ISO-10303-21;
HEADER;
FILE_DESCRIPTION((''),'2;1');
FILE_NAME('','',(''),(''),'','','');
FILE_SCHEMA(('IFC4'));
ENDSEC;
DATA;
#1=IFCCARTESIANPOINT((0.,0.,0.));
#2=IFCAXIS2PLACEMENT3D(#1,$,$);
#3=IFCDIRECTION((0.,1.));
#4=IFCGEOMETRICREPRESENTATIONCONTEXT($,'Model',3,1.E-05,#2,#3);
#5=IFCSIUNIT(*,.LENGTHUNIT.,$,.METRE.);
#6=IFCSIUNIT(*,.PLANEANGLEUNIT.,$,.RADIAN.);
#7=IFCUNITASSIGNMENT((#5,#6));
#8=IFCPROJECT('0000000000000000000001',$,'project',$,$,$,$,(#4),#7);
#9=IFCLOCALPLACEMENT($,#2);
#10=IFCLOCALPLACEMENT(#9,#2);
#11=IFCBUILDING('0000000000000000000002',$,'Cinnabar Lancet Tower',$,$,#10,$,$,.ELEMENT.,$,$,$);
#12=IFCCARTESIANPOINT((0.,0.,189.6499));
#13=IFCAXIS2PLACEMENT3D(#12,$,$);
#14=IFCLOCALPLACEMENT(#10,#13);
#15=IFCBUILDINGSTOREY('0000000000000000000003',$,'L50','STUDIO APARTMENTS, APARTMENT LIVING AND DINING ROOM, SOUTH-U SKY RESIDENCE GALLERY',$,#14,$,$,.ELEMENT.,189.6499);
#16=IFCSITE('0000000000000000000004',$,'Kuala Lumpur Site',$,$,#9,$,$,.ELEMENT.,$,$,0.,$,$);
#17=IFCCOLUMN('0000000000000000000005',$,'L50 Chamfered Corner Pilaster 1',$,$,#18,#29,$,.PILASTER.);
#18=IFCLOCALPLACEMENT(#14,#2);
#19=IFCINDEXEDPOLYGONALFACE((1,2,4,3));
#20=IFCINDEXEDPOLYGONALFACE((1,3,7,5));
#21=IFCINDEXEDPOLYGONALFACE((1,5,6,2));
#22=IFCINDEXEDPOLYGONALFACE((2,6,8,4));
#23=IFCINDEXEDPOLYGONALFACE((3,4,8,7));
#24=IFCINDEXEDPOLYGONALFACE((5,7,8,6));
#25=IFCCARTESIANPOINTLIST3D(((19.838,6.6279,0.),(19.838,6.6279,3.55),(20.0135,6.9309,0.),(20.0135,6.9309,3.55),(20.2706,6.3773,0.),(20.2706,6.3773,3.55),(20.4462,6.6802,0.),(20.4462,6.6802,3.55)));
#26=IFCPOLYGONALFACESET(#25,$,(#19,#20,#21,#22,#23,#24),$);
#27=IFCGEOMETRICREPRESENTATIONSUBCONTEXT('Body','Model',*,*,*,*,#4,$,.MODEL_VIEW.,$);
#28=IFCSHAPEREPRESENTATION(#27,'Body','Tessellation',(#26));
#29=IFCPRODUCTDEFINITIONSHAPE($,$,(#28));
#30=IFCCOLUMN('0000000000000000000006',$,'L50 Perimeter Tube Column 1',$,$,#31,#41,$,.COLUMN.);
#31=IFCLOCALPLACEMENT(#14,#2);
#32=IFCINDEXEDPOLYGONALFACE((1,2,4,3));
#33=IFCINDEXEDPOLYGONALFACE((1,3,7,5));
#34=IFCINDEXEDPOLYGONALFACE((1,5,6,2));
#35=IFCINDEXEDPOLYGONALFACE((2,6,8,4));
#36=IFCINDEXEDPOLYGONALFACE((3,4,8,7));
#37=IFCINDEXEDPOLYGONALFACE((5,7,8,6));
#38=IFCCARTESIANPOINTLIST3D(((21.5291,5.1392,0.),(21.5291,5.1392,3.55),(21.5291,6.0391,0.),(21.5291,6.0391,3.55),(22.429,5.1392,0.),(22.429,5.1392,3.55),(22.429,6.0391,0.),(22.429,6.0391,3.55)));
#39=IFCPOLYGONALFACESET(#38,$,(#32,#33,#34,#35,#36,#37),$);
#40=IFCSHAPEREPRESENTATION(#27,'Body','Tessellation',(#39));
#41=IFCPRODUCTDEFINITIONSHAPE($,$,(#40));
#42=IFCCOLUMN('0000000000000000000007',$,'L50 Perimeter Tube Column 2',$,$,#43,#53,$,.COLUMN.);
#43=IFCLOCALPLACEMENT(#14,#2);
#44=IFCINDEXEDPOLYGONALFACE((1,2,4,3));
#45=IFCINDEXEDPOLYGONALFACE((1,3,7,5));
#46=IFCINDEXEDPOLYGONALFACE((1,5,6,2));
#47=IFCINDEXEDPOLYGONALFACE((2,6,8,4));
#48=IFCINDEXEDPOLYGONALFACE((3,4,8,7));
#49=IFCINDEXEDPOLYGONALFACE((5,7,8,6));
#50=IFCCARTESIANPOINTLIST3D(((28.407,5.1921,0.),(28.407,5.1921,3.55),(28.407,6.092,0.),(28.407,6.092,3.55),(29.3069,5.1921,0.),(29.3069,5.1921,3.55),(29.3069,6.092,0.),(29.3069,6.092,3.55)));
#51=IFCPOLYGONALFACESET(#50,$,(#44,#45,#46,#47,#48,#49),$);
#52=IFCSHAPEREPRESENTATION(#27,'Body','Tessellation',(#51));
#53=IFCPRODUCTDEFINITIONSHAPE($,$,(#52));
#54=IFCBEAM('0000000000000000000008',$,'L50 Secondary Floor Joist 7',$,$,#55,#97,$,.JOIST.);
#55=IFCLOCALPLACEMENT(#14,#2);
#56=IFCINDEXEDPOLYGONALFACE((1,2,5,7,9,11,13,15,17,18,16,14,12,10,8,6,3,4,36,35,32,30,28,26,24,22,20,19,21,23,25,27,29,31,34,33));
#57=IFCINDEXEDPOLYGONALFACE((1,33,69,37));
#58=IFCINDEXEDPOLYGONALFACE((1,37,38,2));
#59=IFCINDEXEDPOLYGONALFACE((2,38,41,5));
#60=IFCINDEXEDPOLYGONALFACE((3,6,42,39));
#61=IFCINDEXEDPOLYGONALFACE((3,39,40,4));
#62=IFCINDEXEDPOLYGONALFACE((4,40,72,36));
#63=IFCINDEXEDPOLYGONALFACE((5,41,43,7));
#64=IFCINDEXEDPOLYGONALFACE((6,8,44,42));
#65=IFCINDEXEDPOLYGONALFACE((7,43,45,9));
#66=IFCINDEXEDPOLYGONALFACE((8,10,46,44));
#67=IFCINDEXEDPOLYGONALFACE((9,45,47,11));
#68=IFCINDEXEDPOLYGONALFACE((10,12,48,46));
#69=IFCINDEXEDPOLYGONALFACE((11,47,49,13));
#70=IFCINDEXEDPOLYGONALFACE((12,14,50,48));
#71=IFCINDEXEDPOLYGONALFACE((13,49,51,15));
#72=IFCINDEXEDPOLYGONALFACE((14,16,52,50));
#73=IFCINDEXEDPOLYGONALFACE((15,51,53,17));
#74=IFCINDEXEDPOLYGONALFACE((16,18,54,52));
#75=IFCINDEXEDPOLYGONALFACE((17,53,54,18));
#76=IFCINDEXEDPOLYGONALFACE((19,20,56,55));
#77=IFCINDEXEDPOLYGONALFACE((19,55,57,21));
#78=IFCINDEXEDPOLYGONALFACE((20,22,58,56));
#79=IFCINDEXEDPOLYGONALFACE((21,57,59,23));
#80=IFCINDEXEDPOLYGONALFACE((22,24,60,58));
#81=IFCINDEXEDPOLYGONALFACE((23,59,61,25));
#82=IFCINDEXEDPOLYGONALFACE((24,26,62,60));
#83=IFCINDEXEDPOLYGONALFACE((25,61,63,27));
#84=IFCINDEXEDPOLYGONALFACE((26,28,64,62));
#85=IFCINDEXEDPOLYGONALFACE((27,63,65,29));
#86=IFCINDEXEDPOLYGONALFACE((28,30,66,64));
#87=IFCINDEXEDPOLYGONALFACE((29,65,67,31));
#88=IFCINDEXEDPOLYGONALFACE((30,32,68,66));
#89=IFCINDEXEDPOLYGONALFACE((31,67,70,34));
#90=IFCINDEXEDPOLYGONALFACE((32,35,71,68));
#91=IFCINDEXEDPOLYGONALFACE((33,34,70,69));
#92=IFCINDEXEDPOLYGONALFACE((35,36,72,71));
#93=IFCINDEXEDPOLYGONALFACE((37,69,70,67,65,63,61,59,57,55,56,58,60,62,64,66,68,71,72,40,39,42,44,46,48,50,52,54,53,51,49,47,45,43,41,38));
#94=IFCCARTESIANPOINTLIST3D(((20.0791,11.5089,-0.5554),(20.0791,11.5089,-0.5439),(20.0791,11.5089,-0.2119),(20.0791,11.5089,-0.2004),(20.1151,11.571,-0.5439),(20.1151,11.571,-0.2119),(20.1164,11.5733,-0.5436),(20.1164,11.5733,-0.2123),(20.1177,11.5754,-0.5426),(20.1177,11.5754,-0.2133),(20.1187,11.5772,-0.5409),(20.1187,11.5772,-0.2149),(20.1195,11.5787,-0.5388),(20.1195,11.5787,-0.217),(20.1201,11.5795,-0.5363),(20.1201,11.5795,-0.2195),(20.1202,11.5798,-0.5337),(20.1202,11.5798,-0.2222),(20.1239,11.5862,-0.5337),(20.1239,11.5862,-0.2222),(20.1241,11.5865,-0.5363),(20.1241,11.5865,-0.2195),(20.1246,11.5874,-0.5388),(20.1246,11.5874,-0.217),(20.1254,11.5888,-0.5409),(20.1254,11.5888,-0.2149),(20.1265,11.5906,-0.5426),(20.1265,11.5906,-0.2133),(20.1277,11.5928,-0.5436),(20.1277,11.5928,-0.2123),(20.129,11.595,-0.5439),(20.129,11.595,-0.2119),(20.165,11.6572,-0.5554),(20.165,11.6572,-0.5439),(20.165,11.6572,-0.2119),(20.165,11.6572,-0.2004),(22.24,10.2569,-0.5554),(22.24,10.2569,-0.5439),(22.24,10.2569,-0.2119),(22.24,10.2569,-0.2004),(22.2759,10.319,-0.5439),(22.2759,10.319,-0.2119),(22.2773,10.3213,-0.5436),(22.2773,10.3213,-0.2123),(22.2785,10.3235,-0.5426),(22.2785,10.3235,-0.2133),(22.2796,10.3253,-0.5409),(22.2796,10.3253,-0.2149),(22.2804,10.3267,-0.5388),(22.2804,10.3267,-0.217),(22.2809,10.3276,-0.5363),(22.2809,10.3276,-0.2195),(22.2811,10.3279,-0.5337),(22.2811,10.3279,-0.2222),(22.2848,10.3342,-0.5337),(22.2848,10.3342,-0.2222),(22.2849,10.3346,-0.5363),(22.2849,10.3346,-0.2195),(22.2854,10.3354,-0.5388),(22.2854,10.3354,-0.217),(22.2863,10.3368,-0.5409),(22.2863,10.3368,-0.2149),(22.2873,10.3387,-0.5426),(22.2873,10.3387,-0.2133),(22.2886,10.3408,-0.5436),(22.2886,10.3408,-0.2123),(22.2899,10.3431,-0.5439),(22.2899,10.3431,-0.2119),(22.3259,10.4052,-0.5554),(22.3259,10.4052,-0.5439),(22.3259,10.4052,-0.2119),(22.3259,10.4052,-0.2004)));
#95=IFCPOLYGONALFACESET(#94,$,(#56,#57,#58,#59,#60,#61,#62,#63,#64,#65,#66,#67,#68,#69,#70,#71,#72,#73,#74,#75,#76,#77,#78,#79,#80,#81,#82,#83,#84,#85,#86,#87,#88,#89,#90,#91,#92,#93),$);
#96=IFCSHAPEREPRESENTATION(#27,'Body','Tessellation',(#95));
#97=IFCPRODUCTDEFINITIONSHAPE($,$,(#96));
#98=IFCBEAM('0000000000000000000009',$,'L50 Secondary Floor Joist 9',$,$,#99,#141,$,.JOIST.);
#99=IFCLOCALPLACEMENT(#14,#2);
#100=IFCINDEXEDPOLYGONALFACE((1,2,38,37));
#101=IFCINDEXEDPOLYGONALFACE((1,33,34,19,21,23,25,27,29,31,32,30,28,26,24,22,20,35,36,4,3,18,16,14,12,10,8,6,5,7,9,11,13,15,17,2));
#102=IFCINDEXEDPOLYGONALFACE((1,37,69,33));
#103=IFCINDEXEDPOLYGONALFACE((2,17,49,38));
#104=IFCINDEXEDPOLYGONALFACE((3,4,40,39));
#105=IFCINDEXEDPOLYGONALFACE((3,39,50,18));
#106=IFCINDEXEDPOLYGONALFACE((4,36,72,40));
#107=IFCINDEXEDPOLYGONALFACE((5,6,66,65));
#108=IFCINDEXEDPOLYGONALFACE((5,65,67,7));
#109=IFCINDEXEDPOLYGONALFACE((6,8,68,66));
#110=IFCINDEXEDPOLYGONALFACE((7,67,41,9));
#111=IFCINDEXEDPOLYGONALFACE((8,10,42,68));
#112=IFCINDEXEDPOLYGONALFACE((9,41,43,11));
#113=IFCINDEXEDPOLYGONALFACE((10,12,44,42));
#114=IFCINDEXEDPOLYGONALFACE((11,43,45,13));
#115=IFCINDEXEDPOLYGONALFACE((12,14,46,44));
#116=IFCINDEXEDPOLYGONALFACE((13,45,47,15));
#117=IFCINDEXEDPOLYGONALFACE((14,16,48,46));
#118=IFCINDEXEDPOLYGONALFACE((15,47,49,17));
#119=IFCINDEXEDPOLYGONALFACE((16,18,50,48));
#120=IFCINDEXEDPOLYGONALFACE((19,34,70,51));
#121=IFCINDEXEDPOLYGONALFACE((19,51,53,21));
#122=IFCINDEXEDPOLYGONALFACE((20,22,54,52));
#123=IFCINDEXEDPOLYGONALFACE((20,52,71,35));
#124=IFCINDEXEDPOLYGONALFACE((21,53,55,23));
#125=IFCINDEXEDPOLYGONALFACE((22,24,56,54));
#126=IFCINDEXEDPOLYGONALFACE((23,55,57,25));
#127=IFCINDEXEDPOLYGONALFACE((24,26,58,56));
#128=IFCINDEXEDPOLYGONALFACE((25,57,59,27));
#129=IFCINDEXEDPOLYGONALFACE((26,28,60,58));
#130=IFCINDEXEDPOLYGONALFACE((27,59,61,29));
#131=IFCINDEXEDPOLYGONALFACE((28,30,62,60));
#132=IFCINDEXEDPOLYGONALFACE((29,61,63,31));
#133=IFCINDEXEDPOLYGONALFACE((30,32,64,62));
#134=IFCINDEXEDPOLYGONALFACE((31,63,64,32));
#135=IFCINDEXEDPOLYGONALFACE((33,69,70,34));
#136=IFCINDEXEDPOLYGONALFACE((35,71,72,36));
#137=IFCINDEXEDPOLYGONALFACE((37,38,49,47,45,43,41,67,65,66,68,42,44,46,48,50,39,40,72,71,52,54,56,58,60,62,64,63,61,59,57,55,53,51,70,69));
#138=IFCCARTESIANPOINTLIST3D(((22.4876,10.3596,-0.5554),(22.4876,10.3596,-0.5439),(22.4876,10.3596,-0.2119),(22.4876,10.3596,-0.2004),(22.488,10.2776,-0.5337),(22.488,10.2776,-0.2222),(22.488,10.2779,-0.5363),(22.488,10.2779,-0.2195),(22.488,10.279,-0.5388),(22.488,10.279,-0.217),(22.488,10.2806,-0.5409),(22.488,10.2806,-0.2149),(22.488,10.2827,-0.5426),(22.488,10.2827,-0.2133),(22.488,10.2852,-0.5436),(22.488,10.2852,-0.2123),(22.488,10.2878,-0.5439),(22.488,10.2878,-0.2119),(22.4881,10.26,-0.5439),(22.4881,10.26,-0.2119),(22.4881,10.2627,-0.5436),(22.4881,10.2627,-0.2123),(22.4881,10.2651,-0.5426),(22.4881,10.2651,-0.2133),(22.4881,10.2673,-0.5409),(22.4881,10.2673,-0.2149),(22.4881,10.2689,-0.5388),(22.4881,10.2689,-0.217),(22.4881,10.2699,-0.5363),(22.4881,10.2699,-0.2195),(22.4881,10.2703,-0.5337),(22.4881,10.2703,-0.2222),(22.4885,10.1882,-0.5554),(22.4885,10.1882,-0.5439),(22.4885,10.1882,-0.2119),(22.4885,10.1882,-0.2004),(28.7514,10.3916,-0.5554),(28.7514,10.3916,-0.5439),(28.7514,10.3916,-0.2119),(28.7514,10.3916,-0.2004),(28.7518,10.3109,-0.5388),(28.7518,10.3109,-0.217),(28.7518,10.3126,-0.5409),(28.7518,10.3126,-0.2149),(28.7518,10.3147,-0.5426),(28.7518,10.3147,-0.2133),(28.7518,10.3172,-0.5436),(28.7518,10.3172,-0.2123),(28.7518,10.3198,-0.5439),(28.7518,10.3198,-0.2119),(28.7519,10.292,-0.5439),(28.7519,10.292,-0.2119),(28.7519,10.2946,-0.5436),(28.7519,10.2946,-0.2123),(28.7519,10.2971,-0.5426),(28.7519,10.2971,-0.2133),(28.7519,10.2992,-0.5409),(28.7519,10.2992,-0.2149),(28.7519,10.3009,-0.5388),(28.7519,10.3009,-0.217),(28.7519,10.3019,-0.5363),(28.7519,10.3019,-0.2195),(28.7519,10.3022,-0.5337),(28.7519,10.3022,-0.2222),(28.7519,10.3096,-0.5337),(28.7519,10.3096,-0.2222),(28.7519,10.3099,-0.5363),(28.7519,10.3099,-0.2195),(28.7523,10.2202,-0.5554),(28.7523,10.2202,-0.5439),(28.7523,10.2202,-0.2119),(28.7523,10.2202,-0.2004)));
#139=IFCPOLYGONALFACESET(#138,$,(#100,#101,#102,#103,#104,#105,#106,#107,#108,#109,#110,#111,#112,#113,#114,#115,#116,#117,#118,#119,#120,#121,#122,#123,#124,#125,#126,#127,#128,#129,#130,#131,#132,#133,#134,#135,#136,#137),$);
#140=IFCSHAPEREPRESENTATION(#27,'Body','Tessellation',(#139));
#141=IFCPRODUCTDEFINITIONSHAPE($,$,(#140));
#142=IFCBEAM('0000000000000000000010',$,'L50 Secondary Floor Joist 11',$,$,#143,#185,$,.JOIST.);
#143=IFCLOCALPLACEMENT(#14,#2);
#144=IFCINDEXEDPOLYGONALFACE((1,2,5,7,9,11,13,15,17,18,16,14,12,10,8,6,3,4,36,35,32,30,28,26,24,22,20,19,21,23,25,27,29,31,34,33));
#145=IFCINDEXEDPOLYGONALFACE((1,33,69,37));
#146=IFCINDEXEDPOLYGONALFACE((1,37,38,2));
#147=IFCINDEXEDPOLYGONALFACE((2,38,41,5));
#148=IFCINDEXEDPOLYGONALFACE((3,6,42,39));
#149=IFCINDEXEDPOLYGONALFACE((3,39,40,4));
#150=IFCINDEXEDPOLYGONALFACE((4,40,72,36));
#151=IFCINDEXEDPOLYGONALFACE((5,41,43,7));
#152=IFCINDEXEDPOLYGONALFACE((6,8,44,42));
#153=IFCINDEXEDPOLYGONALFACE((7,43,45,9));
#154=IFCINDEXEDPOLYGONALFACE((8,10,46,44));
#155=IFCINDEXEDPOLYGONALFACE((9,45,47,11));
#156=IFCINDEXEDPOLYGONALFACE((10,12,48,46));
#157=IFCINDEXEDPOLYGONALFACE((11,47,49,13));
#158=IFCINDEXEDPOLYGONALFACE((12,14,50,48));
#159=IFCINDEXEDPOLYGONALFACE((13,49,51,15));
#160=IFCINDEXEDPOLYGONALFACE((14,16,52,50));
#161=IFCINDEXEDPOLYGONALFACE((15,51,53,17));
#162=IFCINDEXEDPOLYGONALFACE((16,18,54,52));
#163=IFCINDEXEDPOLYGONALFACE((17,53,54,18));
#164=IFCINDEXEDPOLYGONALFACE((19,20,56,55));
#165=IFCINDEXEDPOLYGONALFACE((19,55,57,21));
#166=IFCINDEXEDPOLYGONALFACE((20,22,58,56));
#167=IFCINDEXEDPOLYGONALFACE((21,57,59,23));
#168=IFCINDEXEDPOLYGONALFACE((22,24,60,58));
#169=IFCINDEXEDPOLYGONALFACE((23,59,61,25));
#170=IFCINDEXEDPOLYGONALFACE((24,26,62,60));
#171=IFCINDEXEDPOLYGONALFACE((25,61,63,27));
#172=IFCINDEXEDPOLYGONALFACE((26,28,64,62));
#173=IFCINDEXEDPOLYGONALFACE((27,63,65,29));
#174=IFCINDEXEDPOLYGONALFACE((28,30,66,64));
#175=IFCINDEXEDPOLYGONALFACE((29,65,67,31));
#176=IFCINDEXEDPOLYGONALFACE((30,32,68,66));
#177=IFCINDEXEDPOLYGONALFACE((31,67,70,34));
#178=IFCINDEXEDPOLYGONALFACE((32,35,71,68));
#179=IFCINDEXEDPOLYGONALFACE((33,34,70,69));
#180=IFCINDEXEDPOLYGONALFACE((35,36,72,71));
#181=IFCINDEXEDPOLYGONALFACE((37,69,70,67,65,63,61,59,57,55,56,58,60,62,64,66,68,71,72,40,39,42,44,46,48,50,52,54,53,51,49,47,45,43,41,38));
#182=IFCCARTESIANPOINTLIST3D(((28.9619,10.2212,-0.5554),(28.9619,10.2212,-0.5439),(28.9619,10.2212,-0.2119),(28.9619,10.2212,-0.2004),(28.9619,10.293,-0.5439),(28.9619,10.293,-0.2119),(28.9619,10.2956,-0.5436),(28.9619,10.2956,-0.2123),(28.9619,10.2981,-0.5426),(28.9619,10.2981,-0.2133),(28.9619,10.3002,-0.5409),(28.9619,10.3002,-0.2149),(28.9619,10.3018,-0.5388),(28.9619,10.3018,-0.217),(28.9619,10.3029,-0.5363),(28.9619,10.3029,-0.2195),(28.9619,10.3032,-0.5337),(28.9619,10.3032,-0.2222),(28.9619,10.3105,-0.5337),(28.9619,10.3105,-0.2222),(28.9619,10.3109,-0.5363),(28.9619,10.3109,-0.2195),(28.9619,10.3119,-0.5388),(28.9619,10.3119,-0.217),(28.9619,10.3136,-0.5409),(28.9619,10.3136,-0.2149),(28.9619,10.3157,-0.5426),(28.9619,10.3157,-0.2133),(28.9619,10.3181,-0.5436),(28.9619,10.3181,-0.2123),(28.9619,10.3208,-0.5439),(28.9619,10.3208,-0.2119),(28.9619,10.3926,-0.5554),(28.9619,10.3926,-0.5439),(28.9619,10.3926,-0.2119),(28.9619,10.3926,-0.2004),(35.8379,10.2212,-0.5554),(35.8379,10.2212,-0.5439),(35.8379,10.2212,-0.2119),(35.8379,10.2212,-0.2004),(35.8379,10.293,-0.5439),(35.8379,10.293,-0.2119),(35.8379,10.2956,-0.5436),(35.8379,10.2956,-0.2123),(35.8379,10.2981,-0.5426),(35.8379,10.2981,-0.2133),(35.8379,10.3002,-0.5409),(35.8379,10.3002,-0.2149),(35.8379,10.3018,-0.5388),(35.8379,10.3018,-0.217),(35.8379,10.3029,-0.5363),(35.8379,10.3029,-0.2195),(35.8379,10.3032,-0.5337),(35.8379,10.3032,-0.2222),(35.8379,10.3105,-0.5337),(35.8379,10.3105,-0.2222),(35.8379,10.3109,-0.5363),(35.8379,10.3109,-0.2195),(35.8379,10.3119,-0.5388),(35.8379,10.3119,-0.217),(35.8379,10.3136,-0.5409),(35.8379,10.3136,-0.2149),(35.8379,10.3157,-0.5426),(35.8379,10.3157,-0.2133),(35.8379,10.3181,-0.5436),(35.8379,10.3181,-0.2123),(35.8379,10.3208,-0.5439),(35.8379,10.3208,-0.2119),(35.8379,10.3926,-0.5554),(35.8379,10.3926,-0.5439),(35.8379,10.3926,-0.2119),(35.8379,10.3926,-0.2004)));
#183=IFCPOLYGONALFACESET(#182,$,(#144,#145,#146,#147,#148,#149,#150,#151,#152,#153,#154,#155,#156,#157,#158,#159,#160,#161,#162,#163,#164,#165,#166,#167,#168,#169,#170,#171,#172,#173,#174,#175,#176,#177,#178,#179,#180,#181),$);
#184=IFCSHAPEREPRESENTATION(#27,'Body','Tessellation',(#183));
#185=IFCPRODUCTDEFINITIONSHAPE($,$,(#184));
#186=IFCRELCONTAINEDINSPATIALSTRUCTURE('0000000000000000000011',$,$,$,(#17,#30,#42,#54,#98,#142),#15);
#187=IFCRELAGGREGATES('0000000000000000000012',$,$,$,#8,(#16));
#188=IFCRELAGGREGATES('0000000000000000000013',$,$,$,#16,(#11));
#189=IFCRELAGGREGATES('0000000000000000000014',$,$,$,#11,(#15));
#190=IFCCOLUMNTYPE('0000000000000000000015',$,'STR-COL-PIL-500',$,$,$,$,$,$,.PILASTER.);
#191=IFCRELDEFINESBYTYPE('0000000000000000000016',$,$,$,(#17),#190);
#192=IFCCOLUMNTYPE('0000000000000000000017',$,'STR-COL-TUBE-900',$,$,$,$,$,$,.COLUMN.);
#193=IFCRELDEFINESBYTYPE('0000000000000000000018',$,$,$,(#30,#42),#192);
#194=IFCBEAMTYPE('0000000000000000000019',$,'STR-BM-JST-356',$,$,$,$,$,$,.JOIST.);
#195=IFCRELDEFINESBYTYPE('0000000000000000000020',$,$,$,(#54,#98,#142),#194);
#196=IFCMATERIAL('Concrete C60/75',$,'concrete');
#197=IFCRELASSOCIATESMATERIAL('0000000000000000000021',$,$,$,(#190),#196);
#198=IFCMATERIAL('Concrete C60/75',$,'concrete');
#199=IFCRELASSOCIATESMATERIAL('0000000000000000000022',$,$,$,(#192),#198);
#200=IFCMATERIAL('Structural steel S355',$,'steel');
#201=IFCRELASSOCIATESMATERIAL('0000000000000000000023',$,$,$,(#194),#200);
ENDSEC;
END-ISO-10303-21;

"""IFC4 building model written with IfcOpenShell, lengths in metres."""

from ifc_helpers import new_model, si_unit, direction, frame, origin, origin_2d, place, context, subcontext, project, spatial, rectangle, i_section, extrude, material, material_profile, profile_set, type_object, element, save


model = new_model("IFC4")

# Units and contexts
model_context = context("Model", 3, precision=1e-05, world=origin(), true_north=direction((0.0, 1.0)))
body_context = subcontext(model_context, "Body", "Model", "MODEL_VIEW")
ifc_project = project(units=[si_unit("LENGTHUNIT", "METRE"), si_unit("PLANEANGLEUNIT", "RADIAN")], contexts=[model_context])

# Site, building, storey
site_placement = place(None, origin())
site = spatial("IfcSite", under=ifc_project, at=site_placement, Name="Kuala Lumpur Site", CompositionType="ELEMENT", RefElevation=0.0)
building_placement = place(site_placement, origin())
building = spatial("IfcBuilding", under=site, at=building_placement, Name="Cinnabar Lancet Tower", CompositionType="ELEMENT")
storey_placement = place(building_placement, frame((0.0, 0.0, 189.6499)))
storey = spatial("IfcBuildingStorey", under=building, at=storey_placement, Name="L50", Description="STUDIO APARTMENTS, APARTMENT LIVING AND DINING ROOM, SOUTH-U SKY RESIDENCE GALLERY", CompositionType="ELEMENT", Elevation=189.6499)

# Columns
ifc_material_1 = material(Name="Concrete C60/75", Category="concrete")
ifc_material_profile_1 = material_profile(ifc_material_1, rectangle(XDim=0.5, YDim=0.3501, at=origin_2d()), Name="RC-PIL 500x350")
ifc_profile_set_1 = profile_set([ifc_material_profile_1], Name="Concrete C60/75")
column_type_1 = type_object("IfcColumnType", Name="STR-COL-PIL-500", PredefinedType="PILASTER", material=ifc_profile_set_1)
column_placement = place(storey_placement, frame((20.1421, 6.6541, 0.0), z_axis=(0.0, 0.0, 1.0), x_axis=(0.86523, -0.501375, 0.0)))
element("IfcColumn", 1, at=column_placement, inside=storey, type_object=column_type_1, Name="L50 Chamfered Corner Pilaster 1", PredefinedType="PILASTER", context=body_context, shape_type="SweptSolid", body=[
    extrude(rectangle(XDim=0.5, YDim=0.3501, at=origin_2d()), origin(), (0.0, 0.0, 1.0), 3.55),
])
ifc_material_2 = material(Name="Concrete C60/75", Category="concrete")
ifc_material_profile_2 = material_profile(ifc_material_2, rectangle(XDim=0.8999, YDim=0.8999, at=origin_2d()), Name="RC-COL 900x900")
ifc_profile_set_2 = profile_set([ifc_material_profile_2], Name="Concrete C60/75")
column_type_2 = type_object("IfcColumnType", Name="STR-COL-TUBE-900", PredefinedType="COLUMN", material=ifc_profile_set_2)
for number, where, z_axis, x_axis, name in (
    (2, (21.979, 5.5891, 0.0), (0.0, 0.0, 1.0), (1.0, 0.0, 0.0), "L50 Perimeter Tube Column 1"),
    (3, (28.8569, 5.6421, 0.0), (0.0, 0.0, 1.0), (1.0, 0.0, 0.0), "L50 Perimeter Tube Column 2"),
):
    element("IfcColumn", number, at=place(storey_placement, frame(where, z_axis=z_axis, x_axis=x_axis)), inside=storey, type_object=column_type_2, Name=name, PredefinedType="COLUMN", context=body_context, shape_type="SweptSolid", body=[
        extrude(rectangle(XDim=0.8999, YDim=0.8999, at=origin_2d()), origin(), (0.0, 0.0, 1.0), 3.55),
    ])

# Beams
ifc_material_3 = material(Name="Structural steel S355", Category="steel")
ifc_material_profile_3 = material_profile(ifc_material_3, i_section(OverallWidth=0.1714, OverallDepth=0.355, WebThickness=0.0073, FlangeThickness=0.0115, FilletRadius=0.0103, at=origin_2d()), Name="UKB 356x171x51")
ifc_profile_set_3 = profile_set([ifc_material_profile_3], Name="Structural steel S355")
beam_type_1 = type_object("IfcBeamType", Name="STR-BM-JST-356", PredefinedType="JOIST", material=ifc_profile_set_3)
beam_1_placement = place(storey_placement, frame((20.1221, 11.583, -0.3779), z_axis=(0.865268, -0.50131, 0.0), x_axis=(0.50131, 0.865268, 0.0)))
element("IfcBeam", 4, at=beam_1_placement, inside=storey, type_object=beam_type_1, Name="L50 Secondary Floor Joist 7", PredefinedType="JOIST", context=body_context, shape_type="SweptSolid", body=[
    extrude(i_section(OverallWidth=0.1714, OverallDepth=0.355, WebThickness=0.0073, FlangeThickness=0.0115, FilletRadius=0.0103, at=origin_2d()), origin(), (0.0, 0.0, 1.0), 2.4973),
])
beam_2_placement = place(storey_placement, frame((22.488, 10.2739, -0.3779), z_axis=(0.999987, 0.005106, 0.0), x_axis=(-0.005106, 0.999987, 0.0)))
element("IfcBeam", 5, at=beam_2_placement, inside=storey, type_object=beam_type_1, Name="L50 Secondary Floor Joist 9", PredefinedType="JOIST", context=body_context, shape_type="SweptSolid", body=[
    extrude(i_section(OverallWidth=0.1714, OverallDepth=0.355, WebThickness=0.0073, FlangeThickness=0.0115, FilletRadius=0.0103, at=origin_2d()), origin(), (0.0, 0.0, 1.0), 6.2639),
])
beam_3_placement = place(storey_placement, frame((28.9619, 10.3069, -0.3779), z_axis=(1.0, 0.0, 0.0), x_axis=(0.0, 1.0, 0.0)))
element("IfcBeam", 6, at=beam_3_placement, inside=storey, type_object=beam_type_1, Name="L50 Secondary Floor Joist 11", PredefinedType="JOIST", context=body_context, shape_type="SweptSolid", body=[
    extrude(i_section(OverallWidth=0.1714, OverallDepth=0.355, WebThickness=0.0073, FlangeThickness=0.0115, FilletRadius=0.0103, at=origin_2d()), origin(), (0.0, 0.0, 1.0), 6.876),
])

save(model, "model.ifc")
